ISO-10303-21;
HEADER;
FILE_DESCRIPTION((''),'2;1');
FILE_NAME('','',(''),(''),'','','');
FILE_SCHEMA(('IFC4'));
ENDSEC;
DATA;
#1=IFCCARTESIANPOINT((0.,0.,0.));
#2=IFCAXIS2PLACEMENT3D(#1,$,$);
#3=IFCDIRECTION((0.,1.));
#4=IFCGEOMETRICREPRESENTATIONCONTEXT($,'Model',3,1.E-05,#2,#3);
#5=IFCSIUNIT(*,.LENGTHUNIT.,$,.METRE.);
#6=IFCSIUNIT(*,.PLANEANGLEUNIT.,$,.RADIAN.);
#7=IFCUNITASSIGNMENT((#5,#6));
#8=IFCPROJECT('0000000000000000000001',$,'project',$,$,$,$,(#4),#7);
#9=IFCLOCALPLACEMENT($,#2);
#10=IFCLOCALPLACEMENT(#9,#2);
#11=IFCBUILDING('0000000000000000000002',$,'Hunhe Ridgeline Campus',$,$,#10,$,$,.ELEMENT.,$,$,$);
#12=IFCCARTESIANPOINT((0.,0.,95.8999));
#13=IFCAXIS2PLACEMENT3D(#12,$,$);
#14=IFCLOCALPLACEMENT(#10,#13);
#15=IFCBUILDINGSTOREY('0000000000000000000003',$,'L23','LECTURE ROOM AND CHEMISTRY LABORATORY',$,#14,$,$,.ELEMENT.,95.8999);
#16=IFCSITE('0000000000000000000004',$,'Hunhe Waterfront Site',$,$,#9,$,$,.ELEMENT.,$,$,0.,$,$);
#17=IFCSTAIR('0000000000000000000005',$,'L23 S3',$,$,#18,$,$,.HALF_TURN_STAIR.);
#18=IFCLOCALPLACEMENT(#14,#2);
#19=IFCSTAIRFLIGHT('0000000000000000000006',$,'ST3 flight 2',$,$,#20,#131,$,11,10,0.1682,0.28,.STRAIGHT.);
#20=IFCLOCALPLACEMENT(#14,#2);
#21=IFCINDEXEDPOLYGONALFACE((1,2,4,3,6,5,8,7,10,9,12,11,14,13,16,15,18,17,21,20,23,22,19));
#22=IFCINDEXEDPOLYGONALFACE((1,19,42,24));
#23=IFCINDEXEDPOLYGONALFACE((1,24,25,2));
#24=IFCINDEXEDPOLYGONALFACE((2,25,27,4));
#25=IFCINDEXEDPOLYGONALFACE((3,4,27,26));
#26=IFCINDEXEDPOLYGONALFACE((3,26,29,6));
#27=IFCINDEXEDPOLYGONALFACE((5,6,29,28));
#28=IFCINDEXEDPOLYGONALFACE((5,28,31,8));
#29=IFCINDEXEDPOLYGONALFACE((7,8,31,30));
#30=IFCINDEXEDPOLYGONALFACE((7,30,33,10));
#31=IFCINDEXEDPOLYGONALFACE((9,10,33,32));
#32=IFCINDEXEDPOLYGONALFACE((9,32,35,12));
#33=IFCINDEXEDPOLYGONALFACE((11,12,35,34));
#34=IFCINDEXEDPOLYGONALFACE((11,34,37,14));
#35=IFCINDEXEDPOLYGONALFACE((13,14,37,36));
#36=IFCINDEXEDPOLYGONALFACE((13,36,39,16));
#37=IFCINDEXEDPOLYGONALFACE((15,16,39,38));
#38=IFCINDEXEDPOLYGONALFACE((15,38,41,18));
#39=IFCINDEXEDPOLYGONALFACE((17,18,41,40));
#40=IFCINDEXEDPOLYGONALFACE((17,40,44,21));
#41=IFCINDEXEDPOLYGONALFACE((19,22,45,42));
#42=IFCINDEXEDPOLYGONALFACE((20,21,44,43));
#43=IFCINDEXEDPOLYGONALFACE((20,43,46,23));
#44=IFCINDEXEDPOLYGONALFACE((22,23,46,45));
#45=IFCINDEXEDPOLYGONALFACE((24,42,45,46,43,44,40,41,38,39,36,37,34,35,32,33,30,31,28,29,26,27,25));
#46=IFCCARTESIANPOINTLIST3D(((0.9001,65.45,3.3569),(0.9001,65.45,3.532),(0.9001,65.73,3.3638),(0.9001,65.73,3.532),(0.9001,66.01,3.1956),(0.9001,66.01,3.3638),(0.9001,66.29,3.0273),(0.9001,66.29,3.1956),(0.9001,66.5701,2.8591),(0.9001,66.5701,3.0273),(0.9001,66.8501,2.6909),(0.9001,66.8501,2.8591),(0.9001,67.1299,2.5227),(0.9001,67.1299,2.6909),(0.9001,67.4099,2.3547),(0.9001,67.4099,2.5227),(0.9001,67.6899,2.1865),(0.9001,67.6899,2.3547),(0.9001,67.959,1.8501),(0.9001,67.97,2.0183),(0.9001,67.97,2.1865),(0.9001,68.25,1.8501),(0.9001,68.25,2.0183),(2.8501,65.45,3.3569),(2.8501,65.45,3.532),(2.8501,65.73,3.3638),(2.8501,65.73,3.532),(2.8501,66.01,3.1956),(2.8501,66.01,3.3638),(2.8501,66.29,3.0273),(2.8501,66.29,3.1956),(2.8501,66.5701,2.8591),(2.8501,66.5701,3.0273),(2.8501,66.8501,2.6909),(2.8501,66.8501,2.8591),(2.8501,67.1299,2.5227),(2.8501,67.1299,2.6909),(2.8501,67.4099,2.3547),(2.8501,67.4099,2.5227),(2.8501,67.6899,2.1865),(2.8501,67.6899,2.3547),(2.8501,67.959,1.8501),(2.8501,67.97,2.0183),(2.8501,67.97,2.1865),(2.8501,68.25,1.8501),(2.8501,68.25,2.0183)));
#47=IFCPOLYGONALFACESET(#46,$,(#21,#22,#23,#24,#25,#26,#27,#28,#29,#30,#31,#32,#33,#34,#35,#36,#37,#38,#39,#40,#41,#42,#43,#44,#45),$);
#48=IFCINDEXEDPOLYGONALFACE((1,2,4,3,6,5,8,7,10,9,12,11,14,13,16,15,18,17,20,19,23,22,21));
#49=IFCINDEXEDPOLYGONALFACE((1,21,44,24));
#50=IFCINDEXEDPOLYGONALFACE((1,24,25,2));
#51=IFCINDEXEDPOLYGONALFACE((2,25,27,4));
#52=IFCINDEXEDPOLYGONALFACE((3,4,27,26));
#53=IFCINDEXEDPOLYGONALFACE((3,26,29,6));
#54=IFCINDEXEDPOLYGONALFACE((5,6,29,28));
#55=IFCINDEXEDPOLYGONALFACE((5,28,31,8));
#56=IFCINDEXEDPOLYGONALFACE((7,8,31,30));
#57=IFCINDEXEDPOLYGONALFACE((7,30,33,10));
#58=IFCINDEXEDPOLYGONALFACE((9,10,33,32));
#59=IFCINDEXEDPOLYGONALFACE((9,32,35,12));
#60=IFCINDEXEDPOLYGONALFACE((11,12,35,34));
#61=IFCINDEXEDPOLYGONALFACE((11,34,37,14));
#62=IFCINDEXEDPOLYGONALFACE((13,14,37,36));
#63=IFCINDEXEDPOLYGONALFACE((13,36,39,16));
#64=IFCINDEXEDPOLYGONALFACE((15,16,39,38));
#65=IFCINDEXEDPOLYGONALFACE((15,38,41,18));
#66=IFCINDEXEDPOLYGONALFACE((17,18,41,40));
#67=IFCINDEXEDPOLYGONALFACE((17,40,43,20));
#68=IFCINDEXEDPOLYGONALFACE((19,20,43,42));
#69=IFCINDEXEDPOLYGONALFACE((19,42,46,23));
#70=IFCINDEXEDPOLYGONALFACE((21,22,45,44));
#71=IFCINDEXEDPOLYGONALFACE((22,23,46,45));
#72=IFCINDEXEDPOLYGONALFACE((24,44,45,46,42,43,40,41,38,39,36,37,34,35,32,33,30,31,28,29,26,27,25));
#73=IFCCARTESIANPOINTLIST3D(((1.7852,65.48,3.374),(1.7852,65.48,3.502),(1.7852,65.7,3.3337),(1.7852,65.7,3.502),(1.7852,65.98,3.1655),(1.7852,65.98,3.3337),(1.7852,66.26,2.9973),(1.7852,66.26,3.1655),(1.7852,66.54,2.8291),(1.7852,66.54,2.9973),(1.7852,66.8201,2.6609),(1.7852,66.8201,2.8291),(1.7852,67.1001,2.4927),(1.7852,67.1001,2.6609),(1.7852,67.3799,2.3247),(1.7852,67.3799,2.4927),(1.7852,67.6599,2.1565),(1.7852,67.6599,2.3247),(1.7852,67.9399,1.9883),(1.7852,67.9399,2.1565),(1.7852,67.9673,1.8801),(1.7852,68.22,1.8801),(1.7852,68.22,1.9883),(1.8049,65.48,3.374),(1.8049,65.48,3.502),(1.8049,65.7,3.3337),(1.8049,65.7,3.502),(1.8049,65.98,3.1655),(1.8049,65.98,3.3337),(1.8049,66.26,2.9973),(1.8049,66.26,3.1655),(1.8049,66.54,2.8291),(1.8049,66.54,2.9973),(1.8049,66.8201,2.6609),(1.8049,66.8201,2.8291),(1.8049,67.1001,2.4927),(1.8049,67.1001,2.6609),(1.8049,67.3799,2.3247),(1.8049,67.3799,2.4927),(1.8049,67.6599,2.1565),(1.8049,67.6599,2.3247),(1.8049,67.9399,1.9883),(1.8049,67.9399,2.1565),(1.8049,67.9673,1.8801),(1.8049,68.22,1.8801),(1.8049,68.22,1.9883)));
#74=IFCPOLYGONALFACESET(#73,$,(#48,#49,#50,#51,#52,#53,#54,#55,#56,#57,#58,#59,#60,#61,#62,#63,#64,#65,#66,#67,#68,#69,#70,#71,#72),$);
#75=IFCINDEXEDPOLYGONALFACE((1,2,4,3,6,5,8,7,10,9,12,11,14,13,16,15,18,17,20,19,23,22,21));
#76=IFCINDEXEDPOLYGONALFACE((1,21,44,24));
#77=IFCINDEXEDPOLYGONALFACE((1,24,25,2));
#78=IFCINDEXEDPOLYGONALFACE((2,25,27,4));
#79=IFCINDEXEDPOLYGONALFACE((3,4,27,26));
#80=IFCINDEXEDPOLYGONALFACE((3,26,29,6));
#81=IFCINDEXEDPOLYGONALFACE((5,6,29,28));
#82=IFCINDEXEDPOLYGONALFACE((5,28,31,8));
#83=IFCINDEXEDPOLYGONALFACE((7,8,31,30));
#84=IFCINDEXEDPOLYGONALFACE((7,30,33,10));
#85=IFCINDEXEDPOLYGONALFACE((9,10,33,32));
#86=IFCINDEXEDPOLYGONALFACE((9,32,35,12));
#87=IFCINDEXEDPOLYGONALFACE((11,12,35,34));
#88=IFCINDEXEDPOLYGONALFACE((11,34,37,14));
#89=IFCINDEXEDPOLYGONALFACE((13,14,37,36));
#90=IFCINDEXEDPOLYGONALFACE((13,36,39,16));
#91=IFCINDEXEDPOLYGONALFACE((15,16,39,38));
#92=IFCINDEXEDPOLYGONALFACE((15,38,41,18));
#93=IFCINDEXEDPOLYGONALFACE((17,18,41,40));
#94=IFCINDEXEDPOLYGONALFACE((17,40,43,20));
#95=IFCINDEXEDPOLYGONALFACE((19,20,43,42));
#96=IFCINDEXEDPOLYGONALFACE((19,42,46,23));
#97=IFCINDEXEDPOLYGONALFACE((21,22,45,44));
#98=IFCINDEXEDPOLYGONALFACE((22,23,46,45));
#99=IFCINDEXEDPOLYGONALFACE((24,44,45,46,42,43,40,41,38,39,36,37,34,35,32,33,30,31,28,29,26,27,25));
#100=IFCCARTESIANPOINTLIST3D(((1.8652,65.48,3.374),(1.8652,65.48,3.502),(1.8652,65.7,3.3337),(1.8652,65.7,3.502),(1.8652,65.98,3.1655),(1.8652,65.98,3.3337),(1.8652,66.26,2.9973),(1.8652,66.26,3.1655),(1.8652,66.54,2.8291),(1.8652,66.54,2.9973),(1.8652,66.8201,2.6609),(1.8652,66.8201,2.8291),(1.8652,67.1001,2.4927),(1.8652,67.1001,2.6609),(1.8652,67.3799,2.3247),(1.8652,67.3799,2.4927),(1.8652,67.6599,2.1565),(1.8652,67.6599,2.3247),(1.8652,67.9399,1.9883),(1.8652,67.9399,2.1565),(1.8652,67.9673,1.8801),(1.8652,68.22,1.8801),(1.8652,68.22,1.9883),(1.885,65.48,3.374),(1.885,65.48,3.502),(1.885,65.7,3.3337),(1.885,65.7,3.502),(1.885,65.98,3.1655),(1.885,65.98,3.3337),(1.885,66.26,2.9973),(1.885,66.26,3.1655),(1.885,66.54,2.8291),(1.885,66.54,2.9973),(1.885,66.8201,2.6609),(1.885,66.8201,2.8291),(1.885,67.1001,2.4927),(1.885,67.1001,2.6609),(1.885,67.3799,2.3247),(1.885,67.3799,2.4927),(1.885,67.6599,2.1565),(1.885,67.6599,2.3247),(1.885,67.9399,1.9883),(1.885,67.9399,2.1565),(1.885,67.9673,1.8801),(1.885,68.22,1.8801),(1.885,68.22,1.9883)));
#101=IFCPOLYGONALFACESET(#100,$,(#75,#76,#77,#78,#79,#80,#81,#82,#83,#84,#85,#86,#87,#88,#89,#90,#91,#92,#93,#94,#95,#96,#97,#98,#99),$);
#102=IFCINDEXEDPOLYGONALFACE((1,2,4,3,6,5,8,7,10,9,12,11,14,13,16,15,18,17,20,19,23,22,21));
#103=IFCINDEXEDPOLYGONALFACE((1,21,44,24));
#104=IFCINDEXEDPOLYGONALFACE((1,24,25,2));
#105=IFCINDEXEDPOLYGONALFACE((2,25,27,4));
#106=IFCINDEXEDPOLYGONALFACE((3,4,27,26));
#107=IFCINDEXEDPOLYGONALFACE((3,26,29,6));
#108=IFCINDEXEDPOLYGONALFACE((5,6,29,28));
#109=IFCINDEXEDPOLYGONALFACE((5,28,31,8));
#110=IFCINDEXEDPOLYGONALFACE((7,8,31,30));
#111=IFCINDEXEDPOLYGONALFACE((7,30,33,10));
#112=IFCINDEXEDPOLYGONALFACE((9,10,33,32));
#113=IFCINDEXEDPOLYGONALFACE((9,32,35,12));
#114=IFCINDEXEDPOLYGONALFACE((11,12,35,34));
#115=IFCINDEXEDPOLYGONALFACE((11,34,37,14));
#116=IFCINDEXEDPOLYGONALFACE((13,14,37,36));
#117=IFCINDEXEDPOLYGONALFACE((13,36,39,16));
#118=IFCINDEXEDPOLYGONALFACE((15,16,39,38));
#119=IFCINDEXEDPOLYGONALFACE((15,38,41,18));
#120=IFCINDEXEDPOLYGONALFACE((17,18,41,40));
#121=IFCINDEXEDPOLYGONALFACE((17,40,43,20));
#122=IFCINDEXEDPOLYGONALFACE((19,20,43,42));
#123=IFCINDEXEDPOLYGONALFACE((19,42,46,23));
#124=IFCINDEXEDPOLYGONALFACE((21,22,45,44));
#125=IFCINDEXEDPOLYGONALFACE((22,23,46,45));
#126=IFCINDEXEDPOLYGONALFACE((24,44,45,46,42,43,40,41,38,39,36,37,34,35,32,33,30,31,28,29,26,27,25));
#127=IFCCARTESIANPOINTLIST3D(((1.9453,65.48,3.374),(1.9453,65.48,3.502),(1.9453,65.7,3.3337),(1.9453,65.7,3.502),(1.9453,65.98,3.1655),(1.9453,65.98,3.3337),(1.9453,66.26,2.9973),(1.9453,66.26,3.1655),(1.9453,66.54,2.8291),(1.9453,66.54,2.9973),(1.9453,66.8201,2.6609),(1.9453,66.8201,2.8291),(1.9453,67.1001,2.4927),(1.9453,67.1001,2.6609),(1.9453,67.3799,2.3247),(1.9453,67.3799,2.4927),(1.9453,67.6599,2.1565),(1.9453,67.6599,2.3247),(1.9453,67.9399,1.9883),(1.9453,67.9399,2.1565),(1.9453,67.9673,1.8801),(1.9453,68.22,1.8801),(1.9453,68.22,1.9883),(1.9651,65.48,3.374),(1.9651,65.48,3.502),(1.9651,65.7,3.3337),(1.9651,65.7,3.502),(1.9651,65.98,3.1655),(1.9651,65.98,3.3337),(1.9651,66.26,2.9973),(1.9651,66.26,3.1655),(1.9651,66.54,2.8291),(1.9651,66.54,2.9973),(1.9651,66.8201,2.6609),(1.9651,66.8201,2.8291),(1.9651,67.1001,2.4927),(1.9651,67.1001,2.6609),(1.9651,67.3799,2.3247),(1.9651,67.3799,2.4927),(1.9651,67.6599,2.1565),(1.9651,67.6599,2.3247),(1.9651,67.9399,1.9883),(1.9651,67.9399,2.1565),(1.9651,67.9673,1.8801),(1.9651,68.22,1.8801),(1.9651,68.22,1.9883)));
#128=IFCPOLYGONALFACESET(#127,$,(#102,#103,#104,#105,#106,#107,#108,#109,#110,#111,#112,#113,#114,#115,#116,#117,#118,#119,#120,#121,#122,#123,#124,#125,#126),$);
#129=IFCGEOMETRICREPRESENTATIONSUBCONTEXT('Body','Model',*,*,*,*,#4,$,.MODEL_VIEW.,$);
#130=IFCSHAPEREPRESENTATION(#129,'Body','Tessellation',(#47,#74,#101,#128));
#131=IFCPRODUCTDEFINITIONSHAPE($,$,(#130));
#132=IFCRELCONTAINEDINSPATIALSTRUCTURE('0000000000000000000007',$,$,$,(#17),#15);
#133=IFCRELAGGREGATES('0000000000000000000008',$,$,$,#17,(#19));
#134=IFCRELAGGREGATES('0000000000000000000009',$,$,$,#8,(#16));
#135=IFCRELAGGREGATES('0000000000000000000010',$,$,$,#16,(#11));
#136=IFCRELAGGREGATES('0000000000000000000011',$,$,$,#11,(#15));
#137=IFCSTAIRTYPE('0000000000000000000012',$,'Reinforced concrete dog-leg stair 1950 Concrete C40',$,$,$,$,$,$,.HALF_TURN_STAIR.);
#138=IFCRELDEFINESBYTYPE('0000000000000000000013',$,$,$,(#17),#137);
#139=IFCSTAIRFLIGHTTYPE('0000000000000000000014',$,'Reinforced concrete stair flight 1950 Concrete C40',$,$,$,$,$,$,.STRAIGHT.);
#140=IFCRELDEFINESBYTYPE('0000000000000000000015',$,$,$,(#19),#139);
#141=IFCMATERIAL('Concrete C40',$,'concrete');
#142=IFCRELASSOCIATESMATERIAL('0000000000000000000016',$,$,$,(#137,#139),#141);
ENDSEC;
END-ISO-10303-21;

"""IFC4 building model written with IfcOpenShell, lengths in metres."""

from ifc_helpers import new_model, si_unit, direction, frame, origin, place, context, subcontext, project, spatial, polyline, outline, extrude, material, type_object, element, aggregate, save


model = new_model("IFC4")

# Units and contexts
model_context = context("Model", 3, precision=1e-05, world=origin(), true_north=direction((0.0, 1.0)))
body_context = subcontext(model_context, "Body", "Model", "MODEL_VIEW")
ifc_project = project(units=[si_unit("LENGTHUNIT", "METRE"), si_unit("PLANEANGLEUNIT", "RADIAN")], contexts=[model_context])

# Site, building, storey
site_placement = place(None, origin())
site = spatial("IfcSite", under=ifc_project, at=site_placement, Name="Hunhe Waterfront Site", CompositionType="ELEMENT", RefElevation=0.0)
building_placement = place(site_placement, origin())
building = spatial("IfcBuilding", under=site, at=building_placement, Name="Hunhe Ridgeline Campus", CompositionType="ELEMENT")
storey_placement = place(building_placement, frame((0.0, 0.0, 95.8999)))
storey = spatial("IfcBuildingStorey", under=building, at=storey_placement, Name="L23", Description="LECTURE ROOM AND CHEMISTRY LABORATORY", CompositionType="ELEMENT", Elevation=95.8999)

# Stair, stair flight
ifc_material_1 = material(Name="Concrete C40", Category="concrete")
stair_type = type_object("IfcStairType", Name="Reinforced concrete dog-leg stair 1950 Concrete C40", PredefinedType="HALF_TURN_STAIR", material=ifc_material_1)
stair_1_placement = place(storey_placement, origin())
stair_1 = element("IfcStair", 1, at=stair_1_placement, inside=storey, type_object=stair_type, Name="L23 S3", PredefinedType="HALF_TURN_STAIR")
stair_flight_type = type_object("IfcStairFlightType", Name="Reinforced concrete stair flight 1950 Concrete C40", PredefinedType="STRAIGHT", material=ifc_material_1)
stair_flight_1_placement = place(storey_placement, frame((1.875, 68.25, 1.8501), z_axis=(0.0, 0.0, 1.0), x_axis=(0.0, -1.0, 0.0)))
stair_flight_1 = element("IfcStairFlight", 2, at=stair_flight_1_placement, type_object=stair_flight_type, Name="ST3 flight 2", NumberOfRisers=11, NumberOfTreads=10, PredefinedType="STRAIGHT", RiserHeight=0.1682, TreadLength=0.28, context=body_context, shape_type="SweptSolid", body=[
    extrude(outline(polyline([(0.0, 0.0), (0.0, 0.1682), (0.28, 0.1682), (0.28, 0.3364), (0.5601, 0.3364), (0.5601, 0.5046), (0.8401, 0.5046), (0.8401, 0.6726), (1.1201, 0.6726), (1.1201, 0.8408), (1.3999, 0.8408), (1.3999, 1.009), (1.6799, 1.009), (1.6799, 1.1772), (1.96, 1.1772), (1.96, 1.3455), (2.24, 1.3455), (2.24, 1.5137), (2.52, 1.5137), (2.52, 1.6819), (2.8, 1.6819), (2.8, 1.8501), (2.8, 1.5068), (0.291, 0.0), (0.0, 0.0)])), frame((0.0, 0.9751, 0.0), z_axis=(0.0, -1.0, 0.0), x_axis=(1.0, 0.0, 0.0)), (0.0, 0.0, 1.0), 1.95),
    extrude(outline(polyline([(0.03, 0.03), (0.03, 0.1382), (0.3101, 0.1382), (0.3101, 0.3064), (0.5901, 0.3064), (0.5901, 0.4746), (0.8701, 0.4746), (0.8701, 0.6426), (1.1499, 0.6426), (1.1499, 0.8108), (1.4299, 0.8108), (1.4299, 0.979), (1.71, 0.979), (1.71, 1.1472), (1.99, 1.1472), (1.99, 1.3154), (2.27, 1.3154), (2.27, 1.4836), (2.55, 1.4836), (2.55, 1.6519), (2.77, 1.6519), (2.77, 1.5239), (0.2827, 0.03), (0.03, 0.03)])), frame((0.0, -0.0701, 0.0), z_axis=(0.0, -1.0, 0.0), x_axis=(1.0, 0.0, 0.0)), (0.0, 0.0, 1.0), 0.0198),
    extrude(outline(polyline([(0.03, 0.03), (0.03, 0.1382), (0.3101, 0.1382), (0.3101, 0.3064), (0.5901, 0.3064), (0.5901, 0.4746), (0.8701, 0.4746), (0.8701, 0.6426), (1.1499, 0.6426), (1.1499, 0.8108), (1.4299, 0.8108), (1.4299, 0.979), (1.71, 0.979), (1.71, 1.1472), (1.99, 1.1472), (1.99, 1.3154), (2.27, 1.3154), (2.27, 1.4836), (2.55, 1.4836), (2.55, 1.6519), (2.77, 1.6519), (2.77, 1.5239), (0.2827, 0.03), (0.03, 0.03)])), frame((0.0, 0.01, 0.0), z_axis=(0.0, -1.0, 0.0), x_axis=(1.0, 0.0, 0.0)), (0.0, 0.0, 1.0), 0.0198),
    extrude(outline(polyline([(0.03, 0.03), (0.03, 0.1382), (0.3101, 0.1382), (0.3101, 0.3064), (0.5901, 0.3064), (0.5901, 0.4746), (0.8701, 0.4746), (0.8701, 0.6426), (1.1499, 0.6426), (1.1499, 0.8108), (1.4299, 0.8108), (1.4299, 0.979), (1.71, 0.979), (1.71, 1.1472), (1.99, 1.1472), (1.99, 1.3154), (2.27, 1.3154), (2.27, 1.4836), (2.55, 1.4836), (2.55, 1.6519), (2.77, 1.6519), (2.77, 1.5239), (0.2827, 0.03), (0.03, 0.03)])), frame((0.0, 0.0901, 0.0), z_axis=(0.0, -1.0, 0.0), x_axis=(1.0, 0.0, 0.0)), (0.0, 0.0, 1.0), 0.0198),
])
aggregate(stair_1, [stair_flight_1])

save(model, "model.ifc")
